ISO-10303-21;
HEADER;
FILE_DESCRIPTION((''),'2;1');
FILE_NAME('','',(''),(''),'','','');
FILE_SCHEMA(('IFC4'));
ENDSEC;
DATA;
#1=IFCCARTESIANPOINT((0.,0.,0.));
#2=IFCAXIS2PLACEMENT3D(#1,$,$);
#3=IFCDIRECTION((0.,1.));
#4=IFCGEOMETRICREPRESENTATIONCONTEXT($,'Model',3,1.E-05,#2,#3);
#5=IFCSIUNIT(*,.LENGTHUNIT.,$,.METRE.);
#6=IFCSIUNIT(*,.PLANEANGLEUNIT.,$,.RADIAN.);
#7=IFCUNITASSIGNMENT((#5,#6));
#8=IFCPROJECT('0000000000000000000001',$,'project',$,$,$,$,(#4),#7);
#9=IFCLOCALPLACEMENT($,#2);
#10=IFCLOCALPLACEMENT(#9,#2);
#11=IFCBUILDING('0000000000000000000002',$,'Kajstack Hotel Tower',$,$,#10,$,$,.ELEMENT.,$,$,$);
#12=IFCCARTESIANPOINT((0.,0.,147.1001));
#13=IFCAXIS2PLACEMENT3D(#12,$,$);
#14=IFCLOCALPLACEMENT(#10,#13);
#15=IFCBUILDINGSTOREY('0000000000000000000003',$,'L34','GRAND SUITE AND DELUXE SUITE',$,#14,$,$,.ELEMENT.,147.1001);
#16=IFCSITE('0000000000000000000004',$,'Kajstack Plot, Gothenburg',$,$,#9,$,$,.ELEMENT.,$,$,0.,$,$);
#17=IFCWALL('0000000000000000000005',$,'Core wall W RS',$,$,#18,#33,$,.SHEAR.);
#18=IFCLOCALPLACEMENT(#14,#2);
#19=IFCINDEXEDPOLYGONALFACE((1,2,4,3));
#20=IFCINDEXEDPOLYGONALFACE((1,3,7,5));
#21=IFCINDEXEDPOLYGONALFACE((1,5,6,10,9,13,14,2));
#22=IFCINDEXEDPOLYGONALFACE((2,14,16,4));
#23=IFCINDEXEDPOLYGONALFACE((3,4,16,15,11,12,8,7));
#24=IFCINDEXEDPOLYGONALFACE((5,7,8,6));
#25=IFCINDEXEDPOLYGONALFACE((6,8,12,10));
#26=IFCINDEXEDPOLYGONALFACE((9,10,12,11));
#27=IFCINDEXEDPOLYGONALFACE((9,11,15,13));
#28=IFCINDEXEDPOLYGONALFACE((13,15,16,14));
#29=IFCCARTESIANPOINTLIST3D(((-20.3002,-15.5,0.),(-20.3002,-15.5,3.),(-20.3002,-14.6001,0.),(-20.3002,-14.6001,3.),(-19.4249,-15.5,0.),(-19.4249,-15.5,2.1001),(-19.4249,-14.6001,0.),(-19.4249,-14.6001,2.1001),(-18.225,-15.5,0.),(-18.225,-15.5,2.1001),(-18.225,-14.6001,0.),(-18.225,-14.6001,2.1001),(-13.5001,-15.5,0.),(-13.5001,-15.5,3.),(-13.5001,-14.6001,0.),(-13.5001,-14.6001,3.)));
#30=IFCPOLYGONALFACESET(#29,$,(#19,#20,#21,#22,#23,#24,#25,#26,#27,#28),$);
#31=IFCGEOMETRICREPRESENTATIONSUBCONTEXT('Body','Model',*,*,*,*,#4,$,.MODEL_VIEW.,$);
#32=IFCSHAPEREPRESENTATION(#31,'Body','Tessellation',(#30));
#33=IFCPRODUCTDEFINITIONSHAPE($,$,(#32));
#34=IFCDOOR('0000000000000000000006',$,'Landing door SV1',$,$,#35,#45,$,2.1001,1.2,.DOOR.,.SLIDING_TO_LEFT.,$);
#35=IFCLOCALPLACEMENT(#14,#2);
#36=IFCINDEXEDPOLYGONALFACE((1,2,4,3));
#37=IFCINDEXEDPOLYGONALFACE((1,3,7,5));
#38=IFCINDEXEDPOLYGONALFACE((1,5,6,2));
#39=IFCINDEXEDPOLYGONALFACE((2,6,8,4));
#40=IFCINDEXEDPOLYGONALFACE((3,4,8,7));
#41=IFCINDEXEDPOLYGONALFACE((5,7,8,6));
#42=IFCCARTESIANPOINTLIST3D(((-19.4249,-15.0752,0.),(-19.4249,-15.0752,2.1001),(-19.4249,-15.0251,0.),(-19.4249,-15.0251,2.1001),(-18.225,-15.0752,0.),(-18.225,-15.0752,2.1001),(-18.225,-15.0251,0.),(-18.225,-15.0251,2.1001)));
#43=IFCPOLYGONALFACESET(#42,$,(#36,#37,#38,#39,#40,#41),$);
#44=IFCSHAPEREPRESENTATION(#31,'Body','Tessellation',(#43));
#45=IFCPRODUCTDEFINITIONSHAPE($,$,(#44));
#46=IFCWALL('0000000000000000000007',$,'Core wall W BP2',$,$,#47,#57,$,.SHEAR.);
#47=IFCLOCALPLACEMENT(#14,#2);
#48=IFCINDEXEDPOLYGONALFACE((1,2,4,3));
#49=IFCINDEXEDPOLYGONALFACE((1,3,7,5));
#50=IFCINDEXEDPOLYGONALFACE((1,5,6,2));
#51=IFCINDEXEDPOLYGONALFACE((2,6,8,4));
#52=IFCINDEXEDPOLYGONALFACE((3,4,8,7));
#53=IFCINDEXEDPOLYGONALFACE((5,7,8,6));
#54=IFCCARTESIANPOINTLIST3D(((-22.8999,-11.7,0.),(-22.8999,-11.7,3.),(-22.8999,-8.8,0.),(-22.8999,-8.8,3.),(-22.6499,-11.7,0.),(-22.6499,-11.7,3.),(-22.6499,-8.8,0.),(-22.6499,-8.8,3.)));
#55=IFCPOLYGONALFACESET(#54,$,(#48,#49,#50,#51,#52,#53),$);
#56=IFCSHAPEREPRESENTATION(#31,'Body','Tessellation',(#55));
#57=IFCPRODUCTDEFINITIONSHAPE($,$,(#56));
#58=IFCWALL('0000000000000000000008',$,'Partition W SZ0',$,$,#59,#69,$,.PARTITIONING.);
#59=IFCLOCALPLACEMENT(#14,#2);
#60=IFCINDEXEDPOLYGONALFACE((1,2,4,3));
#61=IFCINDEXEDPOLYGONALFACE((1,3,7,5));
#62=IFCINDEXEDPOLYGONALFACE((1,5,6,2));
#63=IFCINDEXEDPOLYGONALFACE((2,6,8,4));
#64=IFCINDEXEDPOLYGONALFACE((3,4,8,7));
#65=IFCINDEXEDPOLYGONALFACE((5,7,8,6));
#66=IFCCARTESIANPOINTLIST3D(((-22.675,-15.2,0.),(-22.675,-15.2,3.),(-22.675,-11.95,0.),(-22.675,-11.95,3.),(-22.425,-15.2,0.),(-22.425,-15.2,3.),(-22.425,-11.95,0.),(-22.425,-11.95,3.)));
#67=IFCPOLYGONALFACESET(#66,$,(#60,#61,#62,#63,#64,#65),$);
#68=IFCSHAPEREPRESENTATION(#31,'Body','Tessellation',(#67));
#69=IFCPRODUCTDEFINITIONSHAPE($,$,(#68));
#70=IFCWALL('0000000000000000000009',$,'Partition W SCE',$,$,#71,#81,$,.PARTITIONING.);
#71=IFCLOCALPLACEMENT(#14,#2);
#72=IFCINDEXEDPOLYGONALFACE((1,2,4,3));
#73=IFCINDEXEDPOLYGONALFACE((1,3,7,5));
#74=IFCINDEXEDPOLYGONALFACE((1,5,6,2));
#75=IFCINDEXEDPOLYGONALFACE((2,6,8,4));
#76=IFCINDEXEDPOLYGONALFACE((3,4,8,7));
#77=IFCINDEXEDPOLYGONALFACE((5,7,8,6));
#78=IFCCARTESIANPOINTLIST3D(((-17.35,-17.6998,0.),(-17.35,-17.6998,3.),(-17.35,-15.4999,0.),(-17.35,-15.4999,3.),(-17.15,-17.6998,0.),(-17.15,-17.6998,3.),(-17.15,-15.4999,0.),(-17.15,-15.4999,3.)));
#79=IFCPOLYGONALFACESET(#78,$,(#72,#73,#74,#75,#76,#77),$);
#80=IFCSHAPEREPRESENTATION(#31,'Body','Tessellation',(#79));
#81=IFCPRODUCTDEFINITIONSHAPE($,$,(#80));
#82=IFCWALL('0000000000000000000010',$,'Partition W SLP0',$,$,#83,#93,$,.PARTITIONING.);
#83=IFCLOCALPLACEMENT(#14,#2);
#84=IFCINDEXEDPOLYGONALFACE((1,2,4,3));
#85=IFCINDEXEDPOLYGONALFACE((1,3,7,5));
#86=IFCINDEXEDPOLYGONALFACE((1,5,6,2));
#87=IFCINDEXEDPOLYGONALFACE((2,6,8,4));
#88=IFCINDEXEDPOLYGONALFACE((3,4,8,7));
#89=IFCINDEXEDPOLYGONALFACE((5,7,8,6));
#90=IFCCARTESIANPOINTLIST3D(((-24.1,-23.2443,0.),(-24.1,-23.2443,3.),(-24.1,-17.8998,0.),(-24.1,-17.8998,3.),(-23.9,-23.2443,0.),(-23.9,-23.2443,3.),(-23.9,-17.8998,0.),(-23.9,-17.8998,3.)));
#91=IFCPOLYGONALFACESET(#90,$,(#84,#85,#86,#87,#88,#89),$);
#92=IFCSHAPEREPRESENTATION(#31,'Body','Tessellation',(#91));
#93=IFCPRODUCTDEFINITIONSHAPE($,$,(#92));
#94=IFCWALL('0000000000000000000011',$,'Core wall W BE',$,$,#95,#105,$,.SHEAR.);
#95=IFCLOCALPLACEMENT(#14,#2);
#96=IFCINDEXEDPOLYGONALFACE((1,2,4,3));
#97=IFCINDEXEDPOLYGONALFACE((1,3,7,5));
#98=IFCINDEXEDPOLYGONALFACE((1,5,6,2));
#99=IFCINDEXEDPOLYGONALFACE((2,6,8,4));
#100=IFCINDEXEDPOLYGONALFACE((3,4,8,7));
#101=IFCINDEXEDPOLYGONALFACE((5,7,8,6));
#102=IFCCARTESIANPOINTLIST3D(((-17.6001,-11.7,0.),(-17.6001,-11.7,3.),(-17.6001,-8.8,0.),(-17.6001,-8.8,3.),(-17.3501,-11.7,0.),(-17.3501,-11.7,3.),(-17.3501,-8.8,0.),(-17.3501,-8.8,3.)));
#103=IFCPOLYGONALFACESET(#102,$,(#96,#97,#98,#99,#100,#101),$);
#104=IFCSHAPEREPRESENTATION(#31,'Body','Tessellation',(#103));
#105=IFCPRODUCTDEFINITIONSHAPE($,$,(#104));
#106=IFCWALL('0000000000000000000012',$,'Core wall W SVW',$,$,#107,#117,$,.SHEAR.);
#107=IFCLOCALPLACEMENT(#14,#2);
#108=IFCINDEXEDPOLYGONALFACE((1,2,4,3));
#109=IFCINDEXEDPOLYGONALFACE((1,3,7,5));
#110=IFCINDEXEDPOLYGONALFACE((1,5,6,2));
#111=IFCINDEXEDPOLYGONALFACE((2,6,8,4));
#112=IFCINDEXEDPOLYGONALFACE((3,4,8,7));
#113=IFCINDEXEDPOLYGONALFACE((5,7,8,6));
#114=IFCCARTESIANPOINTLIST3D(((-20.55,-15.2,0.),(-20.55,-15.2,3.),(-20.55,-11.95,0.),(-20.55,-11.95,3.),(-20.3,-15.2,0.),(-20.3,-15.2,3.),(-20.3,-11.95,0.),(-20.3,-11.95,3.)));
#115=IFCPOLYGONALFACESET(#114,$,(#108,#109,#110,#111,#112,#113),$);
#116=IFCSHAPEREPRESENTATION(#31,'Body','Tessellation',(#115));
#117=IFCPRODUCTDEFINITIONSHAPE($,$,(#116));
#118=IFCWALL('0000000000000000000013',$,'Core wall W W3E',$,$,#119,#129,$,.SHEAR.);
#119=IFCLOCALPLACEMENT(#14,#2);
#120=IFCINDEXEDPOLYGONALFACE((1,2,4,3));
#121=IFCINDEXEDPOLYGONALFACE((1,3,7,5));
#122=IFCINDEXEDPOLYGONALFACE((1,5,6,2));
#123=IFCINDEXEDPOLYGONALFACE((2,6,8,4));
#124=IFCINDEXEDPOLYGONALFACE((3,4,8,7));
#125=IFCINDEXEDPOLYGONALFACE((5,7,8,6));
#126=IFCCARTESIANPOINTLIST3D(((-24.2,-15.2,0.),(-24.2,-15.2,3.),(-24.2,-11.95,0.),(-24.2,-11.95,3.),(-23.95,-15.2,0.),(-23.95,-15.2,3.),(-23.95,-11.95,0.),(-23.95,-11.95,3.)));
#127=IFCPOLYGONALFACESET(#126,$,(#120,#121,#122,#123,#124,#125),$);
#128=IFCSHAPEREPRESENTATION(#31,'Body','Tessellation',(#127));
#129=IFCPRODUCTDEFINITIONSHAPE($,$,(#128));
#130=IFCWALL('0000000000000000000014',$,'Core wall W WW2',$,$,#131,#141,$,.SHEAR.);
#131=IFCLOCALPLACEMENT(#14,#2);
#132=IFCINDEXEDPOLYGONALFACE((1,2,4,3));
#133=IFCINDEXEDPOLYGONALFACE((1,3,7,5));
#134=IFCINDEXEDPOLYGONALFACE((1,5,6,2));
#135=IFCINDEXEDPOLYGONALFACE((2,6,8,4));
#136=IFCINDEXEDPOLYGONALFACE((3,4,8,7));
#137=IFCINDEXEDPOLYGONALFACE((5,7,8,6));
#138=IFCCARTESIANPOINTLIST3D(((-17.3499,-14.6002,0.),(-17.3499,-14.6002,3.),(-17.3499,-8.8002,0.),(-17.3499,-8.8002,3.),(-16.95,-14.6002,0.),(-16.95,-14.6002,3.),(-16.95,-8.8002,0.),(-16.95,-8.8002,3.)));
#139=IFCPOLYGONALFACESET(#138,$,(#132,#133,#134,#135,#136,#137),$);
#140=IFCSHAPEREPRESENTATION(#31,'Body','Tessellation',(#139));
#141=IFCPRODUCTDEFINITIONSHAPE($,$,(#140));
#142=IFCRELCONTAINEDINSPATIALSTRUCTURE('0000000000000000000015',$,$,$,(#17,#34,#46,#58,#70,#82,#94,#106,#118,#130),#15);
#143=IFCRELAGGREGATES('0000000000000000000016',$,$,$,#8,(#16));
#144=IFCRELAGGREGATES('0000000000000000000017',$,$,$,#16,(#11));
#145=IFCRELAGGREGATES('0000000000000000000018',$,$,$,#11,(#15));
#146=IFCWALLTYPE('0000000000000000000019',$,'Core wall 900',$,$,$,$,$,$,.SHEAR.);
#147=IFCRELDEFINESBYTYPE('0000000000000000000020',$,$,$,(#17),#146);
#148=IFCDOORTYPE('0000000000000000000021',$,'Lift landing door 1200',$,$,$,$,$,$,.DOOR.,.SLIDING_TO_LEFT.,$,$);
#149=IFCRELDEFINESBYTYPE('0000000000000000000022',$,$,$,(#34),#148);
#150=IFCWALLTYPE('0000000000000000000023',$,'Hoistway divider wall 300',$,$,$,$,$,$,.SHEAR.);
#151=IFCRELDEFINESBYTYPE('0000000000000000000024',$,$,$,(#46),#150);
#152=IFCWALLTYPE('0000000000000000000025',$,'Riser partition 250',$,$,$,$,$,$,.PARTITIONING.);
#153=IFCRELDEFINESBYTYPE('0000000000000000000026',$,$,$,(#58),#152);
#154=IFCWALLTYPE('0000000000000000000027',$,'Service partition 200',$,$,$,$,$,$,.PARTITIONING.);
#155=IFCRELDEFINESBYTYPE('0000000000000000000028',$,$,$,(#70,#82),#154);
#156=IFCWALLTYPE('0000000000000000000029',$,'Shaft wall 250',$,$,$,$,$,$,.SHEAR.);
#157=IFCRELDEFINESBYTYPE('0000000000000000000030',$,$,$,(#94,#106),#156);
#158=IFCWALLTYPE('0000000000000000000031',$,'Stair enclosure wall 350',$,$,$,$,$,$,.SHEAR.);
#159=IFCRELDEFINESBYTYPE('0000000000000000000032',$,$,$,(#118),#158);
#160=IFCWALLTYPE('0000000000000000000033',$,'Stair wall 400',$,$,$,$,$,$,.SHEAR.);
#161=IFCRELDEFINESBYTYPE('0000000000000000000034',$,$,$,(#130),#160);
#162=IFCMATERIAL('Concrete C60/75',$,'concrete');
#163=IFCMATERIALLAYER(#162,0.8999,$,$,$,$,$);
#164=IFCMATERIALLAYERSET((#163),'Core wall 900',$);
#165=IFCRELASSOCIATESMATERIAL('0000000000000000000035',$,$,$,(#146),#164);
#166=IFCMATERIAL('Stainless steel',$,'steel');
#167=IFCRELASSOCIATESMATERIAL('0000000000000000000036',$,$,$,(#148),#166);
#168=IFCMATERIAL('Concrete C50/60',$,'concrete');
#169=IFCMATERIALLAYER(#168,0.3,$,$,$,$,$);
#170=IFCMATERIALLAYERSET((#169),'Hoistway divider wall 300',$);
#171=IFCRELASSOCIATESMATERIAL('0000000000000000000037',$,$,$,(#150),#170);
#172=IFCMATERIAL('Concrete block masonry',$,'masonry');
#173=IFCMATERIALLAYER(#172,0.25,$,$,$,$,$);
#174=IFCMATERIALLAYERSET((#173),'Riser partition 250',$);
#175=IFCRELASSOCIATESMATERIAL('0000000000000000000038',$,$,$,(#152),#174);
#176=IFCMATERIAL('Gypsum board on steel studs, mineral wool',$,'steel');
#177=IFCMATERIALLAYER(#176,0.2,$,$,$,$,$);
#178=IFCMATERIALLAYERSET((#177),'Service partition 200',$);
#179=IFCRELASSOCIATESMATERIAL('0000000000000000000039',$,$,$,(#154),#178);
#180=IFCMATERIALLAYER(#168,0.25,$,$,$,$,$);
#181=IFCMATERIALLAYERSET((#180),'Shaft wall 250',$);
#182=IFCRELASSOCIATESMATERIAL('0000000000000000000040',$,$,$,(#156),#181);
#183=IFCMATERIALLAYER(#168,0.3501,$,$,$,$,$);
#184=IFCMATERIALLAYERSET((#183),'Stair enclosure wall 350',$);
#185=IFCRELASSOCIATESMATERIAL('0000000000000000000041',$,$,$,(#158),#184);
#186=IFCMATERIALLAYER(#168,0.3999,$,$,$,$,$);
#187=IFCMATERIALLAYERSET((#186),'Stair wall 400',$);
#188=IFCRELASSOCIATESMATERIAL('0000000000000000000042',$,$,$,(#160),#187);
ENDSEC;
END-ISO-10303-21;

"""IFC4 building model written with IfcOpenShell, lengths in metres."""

from ifc_helpers import new_model, si_unit, direction, frame, frame_2d, origin, place, context, subcontext, project, spatial, rectangle, extrude, material, layer, layer_set, type_object, element, fill, save


model = new_model("IFC4")

# Units and contexts
model_context = context("Model", 3, precision=1e-05, world=origin(), true_north=direction((0.0, 1.0)))
body_context = subcontext(model_context, "Body", "Model", "MODEL_VIEW")
ifc_project = project(units=[si_unit("LENGTHUNIT", "METRE"), si_unit("PLANEANGLEUNIT", "RADIAN")], contexts=[model_context])

# Site, building, storey
site_placement = place(None, origin())
site = spatial("IfcSite", under=ifc_project, at=site_placement, Name="Kajstack Plot, Gothenburg", CompositionType="ELEMENT", RefElevation=0.0)
building_placement = place(site_placement, origin())
building = spatial("IfcBuilding", under=site, at=building_placement, Name="Kajstack Hotel Tower", CompositionType="ELEMENT")
storey_placement = place(building_placement, frame((0.0, 0.0, 147.1001)))
storey = spatial("IfcBuildingStorey", under=building, at=storey_placement, Name="L34", Description="GRAND SUITE AND DELUXE SUITE", CompositionType="ELEMENT", Elevation=147.1001)

# Wall, opening, door
ifc_material_1 = material(Name="Concrete C60/75", Category="concrete")
ifc_layer_1 = layer(ifc_material_1, 0.8999)
ifc_layer_set_1 = layer_set([ifc_layer_1], Name="Core wall 900")
wall_type_1 = type_object("IfcWallType", Name="Core wall 900", PredefinedType="SHEAR", material=ifc_layer_set_1)
wall_1_placement = place(storey_placement, frame((-20.3, -15.05, 0.0), z_axis=(0.0, 0.0, 1.0), x_axis=(1.0, 0.0, 0.0)))
wall_1 = element("IfcWall", 1, at=wall_1_placement, inside=storey, type_object=wall_type_1, Name="Core wall W RS", PredefinedType="SHEAR", context=body_context, shape_type="SweptSolid", body=[
    extrude(rectangle(XDim=6.8, YDim=0.8999, at=frame_2d((3.3999, 0.0))), origin(), (0.0, 0.0, 1.0), 3.0),
])
opening_placement = place(wall_1_placement, frame((0.875, 0.0, 0.0)))
opening = element("IfcOpeningElement", 2, at=opening_placement, cuts=wall_1, PredefinedType="OPENING", context=body_context, shape_type="SweptSolid", body=[
    extrude(rectangle(XDim=1.2, YDim=2.1001, at=frame_2d((0.6001, 1.05))), frame((0.0, 0.46, 0.0), z_axis=(0.0, -1.0, 0.0), x_axis=(1.0, 0.0, 0.0)), (0.0, 0.0, 1.0), 0.9199),
])
ifc_material_2 = material(Name="Stainless steel", Category="steel")
door_type = type_object("IfcDoorType", Name="Lift landing door 1200", OperationType="SLIDING_TO_LEFT", PredefinedType="DOOR", material=ifc_material_2)
door_placement = place(opening_placement, origin())
door = element("IfcDoor", 3, at=door_placement, inside=storey, type_object=door_type, Name="Landing door SV1", OperationType="SLIDING_TO_LEFT", OverallHeight=2.1001, OverallWidth=1.2, PredefinedType="DOOR", context=body_context, shape_type="SweptSolid", body=[
    extrude(rectangle(XDim=1.2, YDim=2.1001, at=frame_2d((0.6001, 1.05))), frame((0.0, 0.0249, 0.0), z_axis=(0.0, -1.0, 0.0), x_axis=(1.0, 0.0, 0.0)), (0.0, 0.0, 1.0), 0.05),
])
fill(opening, door)

# Walls
ifc_material_3 = material(Name="Concrete C50/60", Category="concrete")
ifc_layer_2 = layer(ifc_material_3, 0.3)
ifc_layer_set_2 = layer_set([ifc_layer_2], Name="Hoistway divider wall 300")
wall_type_2 = type_object("IfcWallType", Name="Hoistway divider wall 300", PredefinedType="SHEAR", material=ifc_layer_set_2)
wall_2_placement = place(storey_placement, frame((-22.7749, -11.7, 0.0), z_axis=(0.0, 0.0, 1.0), x_axis=(0.0, 1.0, 0.0)))
element("IfcWall", 4, at=wall_2_placement, inside=storey, type_object=wall_type_2, Name="Core wall W BP2", PredefinedType="SHEAR", context=body_context, shape_type="SweptSolid", body=[
    extrude(rectangle(XDim=2.8999, YDim=0.25, at=frame_2d((1.45, 0.0))), origin(), (0.0, 0.0, 1.0), 3.0),
])
ifc_material_4 = material(Name="Concrete block masonry", Category="masonry")
ifc_layer_3 = layer(ifc_material_4, 0.25)
ifc_layer_set_3 = layer_set([ifc_layer_3], Name="Riser partition 250")
wall_type_3 = type_object("IfcWallType", Name="Riser partition 250", PredefinedType="PARTITIONING", material=ifc_layer_set_3)
wall_3_placement = place(storey_placement, frame((-22.55, -15.2, 0.0), z_axis=(0.0, 0.0, 1.0), x_axis=(0.0, 1.0, 0.0)))
element("IfcWall", 5, at=wall_3_placement, inside=storey, type_object=wall_type_3, Name="Partition W SZ0", PredefinedType="PARTITIONING", context=body_context, shape_type="SweptSolid", body=[
    extrude(rectangle(XDim=3.25, YDim=0.25, at=frame_2d((1.625, 0.0))), origin(), (0.0, 0.0, 1.0), 3.0),
])
ifc_material_5 = material(Name="Gypsum board on steel studs, mineral wool", Category="steel")
ifc_layer_4 = layer(ifc_material_5, 0.2)
ifc_layer_set_4 = layer_set([ifc_layer_4], Name="Service partition 200")
wall_type_4 = type_object("IfcWallType", Name="Service partition 200", PredefinedType="PARTITIONING", material=ifc_layer_set_4)
wall_4_placement = place(storey_placement, frame((-17.25, -17.7, 0.0), z_axis=(0.0, 0.0, 1.0), x_axis=(0.0, 1.0, 0.0)))
element("IfcWall", 6, at=wall_4_placement, inside=storey, type_object=wall_type_4, Name="Partition W SCE", PredefinedType="PARTITIONING", context=body_context, shape_type="SweptSolid", body=[
    extrude(rectangle(XDim=2.2, YDim=0.2, at=frame_2d((1.1001, 0.0))), origin(), (0.0, 0.0, 1.0), 3.0),
])
wall_5_placement = place(storey_placement, frame((-24.0, -23.2444, 0.0), z_axis=(0.0, 0.0, 1.0), x_axis=(0.0, 1.0, 0.0)))
element("IfcWall", 7, at=wall_5_placement, inside=storey, type_object=wall_type_4, Name="Partition W SLP0", PredefinedType="PARTITIONING", context=body_context, shape_type="SweptSolid", body=[
    extrude(rectangle(XDim=5.3445, YDim=0.2, at=frame_2d((2.6724, 0.0))), origin(), (0.0, 0.0, 1.0), 3.0),
])
ifc_layer_5 = layer(ifc_material_3, 0.25)
ifc_layer_set_5 = layer_set([ifc_layer_5], Name="Shaft wall 250")
wall_type_5 = type_object("IfcWallType", Name="Shaft wall 250", PredefinedType="SHEAR", material=ifc_layer_set_5)
wall_6_placement = place(storey_placement, frame((-17.4751, -11.7, 0.0), z_axis=(0.0, 0.0, 1.0), x_axis=(0.0, 1.0, 0.0)))
element("IfcWall", 8, at=wall_6_placement, inside=storey, type_object=wall_type_5, Name="Core wall W BE", PredefinedType="SHEAR", context=body_context, shape_type="SweptSolid", body=[
    extrude(rectangle(XDim=2.8999, YDim=0.25, at=frame_2d((1.45, 0.0))), origin(), (0.0, 0.0, 1.0), 3.0),
])
wall_7_placement = place(storey_placement, frame((-20.425, -15.2, 0.0), z_axis=(0.0, 0.0, 1.0), x_axis=(0.0, 1.0, 0.0)))
element("IfcWall", 9, at=wall_7_placement, inside=storey, type_object=wall_type_5, Name="Core wall W SVW", PredefinedType="SHEAR", context=body_context, shape_type="SweptSolid", body=[
    extrude(rectangle(XDim=3.25, YDim=0.25, at=frame_2d((1.625, 0.0))), origin(), (0.0, 0.0, 1.0), 3.0),
])
ifc_layer_6 = layer(ifc_material_3, 0.3501)
ifc_layer_set_6 = layer_set([ifc_layer_6], Name="Stair enclosure wall 350")
wall_type_6 = type_object("IfcWallType", Name="Stair enclosure wall 350", PredefinedType="SHEAR", material=ifc_layer_set_6)
wall_8_placement = place(storey_placement, frame((-24.075, -15.2, 0.0), z_axis=(0.0, 0.0, 1.0), x_axis=(0.0, 1.0, 0.0)))
element("IfcWall", 10, at=wall_8_placement, inside=storey, type_object=wall_type_6, Name="Core wall W W3E", PredefinedType="SHEAR", context=body_context, shape_type="SweptSolid", body=[
    extrude(rectangle(XDim=3.25, YDim=0.25, at=frame_2d((1.625, 0.0))), origin(), (0.0, 0.0, 1.0), 3.0),
])
ifc_layer_7 = layer(ifc_material_3, 0.3999)
ifc_layer_set_7 = layer_set([ifc_layer_7], Name="Stair wall 400")
wall_type_7 = type_object("IfcWallType", Name="Stair wall 400", PredefinedType="SHEAR", material=ifc_layer_set_7)
wall_9_placement = place(storey_placement, frame((-17.1499, -14.6001, 0.0), z_axis=(0.0, 0.0, 1.0), x_axis=(0.0, 1.0, 0.0)))
element("IfcWall", 11, at=wall_9_placement, inside=storey, type_object=wall_type_7, Name="Core wall W WW2", PredefinedType="SHEAR", context=body_context, shape_type="SweptSolid", body=[
    extrude(rectangle(XDim=5.8, YDim=0.3999, at=frame_2d((2.8999, 0.0))), origin(), (0.0, 0.0, 1.0), 3.0),
])

save(model, "model.ifc")
